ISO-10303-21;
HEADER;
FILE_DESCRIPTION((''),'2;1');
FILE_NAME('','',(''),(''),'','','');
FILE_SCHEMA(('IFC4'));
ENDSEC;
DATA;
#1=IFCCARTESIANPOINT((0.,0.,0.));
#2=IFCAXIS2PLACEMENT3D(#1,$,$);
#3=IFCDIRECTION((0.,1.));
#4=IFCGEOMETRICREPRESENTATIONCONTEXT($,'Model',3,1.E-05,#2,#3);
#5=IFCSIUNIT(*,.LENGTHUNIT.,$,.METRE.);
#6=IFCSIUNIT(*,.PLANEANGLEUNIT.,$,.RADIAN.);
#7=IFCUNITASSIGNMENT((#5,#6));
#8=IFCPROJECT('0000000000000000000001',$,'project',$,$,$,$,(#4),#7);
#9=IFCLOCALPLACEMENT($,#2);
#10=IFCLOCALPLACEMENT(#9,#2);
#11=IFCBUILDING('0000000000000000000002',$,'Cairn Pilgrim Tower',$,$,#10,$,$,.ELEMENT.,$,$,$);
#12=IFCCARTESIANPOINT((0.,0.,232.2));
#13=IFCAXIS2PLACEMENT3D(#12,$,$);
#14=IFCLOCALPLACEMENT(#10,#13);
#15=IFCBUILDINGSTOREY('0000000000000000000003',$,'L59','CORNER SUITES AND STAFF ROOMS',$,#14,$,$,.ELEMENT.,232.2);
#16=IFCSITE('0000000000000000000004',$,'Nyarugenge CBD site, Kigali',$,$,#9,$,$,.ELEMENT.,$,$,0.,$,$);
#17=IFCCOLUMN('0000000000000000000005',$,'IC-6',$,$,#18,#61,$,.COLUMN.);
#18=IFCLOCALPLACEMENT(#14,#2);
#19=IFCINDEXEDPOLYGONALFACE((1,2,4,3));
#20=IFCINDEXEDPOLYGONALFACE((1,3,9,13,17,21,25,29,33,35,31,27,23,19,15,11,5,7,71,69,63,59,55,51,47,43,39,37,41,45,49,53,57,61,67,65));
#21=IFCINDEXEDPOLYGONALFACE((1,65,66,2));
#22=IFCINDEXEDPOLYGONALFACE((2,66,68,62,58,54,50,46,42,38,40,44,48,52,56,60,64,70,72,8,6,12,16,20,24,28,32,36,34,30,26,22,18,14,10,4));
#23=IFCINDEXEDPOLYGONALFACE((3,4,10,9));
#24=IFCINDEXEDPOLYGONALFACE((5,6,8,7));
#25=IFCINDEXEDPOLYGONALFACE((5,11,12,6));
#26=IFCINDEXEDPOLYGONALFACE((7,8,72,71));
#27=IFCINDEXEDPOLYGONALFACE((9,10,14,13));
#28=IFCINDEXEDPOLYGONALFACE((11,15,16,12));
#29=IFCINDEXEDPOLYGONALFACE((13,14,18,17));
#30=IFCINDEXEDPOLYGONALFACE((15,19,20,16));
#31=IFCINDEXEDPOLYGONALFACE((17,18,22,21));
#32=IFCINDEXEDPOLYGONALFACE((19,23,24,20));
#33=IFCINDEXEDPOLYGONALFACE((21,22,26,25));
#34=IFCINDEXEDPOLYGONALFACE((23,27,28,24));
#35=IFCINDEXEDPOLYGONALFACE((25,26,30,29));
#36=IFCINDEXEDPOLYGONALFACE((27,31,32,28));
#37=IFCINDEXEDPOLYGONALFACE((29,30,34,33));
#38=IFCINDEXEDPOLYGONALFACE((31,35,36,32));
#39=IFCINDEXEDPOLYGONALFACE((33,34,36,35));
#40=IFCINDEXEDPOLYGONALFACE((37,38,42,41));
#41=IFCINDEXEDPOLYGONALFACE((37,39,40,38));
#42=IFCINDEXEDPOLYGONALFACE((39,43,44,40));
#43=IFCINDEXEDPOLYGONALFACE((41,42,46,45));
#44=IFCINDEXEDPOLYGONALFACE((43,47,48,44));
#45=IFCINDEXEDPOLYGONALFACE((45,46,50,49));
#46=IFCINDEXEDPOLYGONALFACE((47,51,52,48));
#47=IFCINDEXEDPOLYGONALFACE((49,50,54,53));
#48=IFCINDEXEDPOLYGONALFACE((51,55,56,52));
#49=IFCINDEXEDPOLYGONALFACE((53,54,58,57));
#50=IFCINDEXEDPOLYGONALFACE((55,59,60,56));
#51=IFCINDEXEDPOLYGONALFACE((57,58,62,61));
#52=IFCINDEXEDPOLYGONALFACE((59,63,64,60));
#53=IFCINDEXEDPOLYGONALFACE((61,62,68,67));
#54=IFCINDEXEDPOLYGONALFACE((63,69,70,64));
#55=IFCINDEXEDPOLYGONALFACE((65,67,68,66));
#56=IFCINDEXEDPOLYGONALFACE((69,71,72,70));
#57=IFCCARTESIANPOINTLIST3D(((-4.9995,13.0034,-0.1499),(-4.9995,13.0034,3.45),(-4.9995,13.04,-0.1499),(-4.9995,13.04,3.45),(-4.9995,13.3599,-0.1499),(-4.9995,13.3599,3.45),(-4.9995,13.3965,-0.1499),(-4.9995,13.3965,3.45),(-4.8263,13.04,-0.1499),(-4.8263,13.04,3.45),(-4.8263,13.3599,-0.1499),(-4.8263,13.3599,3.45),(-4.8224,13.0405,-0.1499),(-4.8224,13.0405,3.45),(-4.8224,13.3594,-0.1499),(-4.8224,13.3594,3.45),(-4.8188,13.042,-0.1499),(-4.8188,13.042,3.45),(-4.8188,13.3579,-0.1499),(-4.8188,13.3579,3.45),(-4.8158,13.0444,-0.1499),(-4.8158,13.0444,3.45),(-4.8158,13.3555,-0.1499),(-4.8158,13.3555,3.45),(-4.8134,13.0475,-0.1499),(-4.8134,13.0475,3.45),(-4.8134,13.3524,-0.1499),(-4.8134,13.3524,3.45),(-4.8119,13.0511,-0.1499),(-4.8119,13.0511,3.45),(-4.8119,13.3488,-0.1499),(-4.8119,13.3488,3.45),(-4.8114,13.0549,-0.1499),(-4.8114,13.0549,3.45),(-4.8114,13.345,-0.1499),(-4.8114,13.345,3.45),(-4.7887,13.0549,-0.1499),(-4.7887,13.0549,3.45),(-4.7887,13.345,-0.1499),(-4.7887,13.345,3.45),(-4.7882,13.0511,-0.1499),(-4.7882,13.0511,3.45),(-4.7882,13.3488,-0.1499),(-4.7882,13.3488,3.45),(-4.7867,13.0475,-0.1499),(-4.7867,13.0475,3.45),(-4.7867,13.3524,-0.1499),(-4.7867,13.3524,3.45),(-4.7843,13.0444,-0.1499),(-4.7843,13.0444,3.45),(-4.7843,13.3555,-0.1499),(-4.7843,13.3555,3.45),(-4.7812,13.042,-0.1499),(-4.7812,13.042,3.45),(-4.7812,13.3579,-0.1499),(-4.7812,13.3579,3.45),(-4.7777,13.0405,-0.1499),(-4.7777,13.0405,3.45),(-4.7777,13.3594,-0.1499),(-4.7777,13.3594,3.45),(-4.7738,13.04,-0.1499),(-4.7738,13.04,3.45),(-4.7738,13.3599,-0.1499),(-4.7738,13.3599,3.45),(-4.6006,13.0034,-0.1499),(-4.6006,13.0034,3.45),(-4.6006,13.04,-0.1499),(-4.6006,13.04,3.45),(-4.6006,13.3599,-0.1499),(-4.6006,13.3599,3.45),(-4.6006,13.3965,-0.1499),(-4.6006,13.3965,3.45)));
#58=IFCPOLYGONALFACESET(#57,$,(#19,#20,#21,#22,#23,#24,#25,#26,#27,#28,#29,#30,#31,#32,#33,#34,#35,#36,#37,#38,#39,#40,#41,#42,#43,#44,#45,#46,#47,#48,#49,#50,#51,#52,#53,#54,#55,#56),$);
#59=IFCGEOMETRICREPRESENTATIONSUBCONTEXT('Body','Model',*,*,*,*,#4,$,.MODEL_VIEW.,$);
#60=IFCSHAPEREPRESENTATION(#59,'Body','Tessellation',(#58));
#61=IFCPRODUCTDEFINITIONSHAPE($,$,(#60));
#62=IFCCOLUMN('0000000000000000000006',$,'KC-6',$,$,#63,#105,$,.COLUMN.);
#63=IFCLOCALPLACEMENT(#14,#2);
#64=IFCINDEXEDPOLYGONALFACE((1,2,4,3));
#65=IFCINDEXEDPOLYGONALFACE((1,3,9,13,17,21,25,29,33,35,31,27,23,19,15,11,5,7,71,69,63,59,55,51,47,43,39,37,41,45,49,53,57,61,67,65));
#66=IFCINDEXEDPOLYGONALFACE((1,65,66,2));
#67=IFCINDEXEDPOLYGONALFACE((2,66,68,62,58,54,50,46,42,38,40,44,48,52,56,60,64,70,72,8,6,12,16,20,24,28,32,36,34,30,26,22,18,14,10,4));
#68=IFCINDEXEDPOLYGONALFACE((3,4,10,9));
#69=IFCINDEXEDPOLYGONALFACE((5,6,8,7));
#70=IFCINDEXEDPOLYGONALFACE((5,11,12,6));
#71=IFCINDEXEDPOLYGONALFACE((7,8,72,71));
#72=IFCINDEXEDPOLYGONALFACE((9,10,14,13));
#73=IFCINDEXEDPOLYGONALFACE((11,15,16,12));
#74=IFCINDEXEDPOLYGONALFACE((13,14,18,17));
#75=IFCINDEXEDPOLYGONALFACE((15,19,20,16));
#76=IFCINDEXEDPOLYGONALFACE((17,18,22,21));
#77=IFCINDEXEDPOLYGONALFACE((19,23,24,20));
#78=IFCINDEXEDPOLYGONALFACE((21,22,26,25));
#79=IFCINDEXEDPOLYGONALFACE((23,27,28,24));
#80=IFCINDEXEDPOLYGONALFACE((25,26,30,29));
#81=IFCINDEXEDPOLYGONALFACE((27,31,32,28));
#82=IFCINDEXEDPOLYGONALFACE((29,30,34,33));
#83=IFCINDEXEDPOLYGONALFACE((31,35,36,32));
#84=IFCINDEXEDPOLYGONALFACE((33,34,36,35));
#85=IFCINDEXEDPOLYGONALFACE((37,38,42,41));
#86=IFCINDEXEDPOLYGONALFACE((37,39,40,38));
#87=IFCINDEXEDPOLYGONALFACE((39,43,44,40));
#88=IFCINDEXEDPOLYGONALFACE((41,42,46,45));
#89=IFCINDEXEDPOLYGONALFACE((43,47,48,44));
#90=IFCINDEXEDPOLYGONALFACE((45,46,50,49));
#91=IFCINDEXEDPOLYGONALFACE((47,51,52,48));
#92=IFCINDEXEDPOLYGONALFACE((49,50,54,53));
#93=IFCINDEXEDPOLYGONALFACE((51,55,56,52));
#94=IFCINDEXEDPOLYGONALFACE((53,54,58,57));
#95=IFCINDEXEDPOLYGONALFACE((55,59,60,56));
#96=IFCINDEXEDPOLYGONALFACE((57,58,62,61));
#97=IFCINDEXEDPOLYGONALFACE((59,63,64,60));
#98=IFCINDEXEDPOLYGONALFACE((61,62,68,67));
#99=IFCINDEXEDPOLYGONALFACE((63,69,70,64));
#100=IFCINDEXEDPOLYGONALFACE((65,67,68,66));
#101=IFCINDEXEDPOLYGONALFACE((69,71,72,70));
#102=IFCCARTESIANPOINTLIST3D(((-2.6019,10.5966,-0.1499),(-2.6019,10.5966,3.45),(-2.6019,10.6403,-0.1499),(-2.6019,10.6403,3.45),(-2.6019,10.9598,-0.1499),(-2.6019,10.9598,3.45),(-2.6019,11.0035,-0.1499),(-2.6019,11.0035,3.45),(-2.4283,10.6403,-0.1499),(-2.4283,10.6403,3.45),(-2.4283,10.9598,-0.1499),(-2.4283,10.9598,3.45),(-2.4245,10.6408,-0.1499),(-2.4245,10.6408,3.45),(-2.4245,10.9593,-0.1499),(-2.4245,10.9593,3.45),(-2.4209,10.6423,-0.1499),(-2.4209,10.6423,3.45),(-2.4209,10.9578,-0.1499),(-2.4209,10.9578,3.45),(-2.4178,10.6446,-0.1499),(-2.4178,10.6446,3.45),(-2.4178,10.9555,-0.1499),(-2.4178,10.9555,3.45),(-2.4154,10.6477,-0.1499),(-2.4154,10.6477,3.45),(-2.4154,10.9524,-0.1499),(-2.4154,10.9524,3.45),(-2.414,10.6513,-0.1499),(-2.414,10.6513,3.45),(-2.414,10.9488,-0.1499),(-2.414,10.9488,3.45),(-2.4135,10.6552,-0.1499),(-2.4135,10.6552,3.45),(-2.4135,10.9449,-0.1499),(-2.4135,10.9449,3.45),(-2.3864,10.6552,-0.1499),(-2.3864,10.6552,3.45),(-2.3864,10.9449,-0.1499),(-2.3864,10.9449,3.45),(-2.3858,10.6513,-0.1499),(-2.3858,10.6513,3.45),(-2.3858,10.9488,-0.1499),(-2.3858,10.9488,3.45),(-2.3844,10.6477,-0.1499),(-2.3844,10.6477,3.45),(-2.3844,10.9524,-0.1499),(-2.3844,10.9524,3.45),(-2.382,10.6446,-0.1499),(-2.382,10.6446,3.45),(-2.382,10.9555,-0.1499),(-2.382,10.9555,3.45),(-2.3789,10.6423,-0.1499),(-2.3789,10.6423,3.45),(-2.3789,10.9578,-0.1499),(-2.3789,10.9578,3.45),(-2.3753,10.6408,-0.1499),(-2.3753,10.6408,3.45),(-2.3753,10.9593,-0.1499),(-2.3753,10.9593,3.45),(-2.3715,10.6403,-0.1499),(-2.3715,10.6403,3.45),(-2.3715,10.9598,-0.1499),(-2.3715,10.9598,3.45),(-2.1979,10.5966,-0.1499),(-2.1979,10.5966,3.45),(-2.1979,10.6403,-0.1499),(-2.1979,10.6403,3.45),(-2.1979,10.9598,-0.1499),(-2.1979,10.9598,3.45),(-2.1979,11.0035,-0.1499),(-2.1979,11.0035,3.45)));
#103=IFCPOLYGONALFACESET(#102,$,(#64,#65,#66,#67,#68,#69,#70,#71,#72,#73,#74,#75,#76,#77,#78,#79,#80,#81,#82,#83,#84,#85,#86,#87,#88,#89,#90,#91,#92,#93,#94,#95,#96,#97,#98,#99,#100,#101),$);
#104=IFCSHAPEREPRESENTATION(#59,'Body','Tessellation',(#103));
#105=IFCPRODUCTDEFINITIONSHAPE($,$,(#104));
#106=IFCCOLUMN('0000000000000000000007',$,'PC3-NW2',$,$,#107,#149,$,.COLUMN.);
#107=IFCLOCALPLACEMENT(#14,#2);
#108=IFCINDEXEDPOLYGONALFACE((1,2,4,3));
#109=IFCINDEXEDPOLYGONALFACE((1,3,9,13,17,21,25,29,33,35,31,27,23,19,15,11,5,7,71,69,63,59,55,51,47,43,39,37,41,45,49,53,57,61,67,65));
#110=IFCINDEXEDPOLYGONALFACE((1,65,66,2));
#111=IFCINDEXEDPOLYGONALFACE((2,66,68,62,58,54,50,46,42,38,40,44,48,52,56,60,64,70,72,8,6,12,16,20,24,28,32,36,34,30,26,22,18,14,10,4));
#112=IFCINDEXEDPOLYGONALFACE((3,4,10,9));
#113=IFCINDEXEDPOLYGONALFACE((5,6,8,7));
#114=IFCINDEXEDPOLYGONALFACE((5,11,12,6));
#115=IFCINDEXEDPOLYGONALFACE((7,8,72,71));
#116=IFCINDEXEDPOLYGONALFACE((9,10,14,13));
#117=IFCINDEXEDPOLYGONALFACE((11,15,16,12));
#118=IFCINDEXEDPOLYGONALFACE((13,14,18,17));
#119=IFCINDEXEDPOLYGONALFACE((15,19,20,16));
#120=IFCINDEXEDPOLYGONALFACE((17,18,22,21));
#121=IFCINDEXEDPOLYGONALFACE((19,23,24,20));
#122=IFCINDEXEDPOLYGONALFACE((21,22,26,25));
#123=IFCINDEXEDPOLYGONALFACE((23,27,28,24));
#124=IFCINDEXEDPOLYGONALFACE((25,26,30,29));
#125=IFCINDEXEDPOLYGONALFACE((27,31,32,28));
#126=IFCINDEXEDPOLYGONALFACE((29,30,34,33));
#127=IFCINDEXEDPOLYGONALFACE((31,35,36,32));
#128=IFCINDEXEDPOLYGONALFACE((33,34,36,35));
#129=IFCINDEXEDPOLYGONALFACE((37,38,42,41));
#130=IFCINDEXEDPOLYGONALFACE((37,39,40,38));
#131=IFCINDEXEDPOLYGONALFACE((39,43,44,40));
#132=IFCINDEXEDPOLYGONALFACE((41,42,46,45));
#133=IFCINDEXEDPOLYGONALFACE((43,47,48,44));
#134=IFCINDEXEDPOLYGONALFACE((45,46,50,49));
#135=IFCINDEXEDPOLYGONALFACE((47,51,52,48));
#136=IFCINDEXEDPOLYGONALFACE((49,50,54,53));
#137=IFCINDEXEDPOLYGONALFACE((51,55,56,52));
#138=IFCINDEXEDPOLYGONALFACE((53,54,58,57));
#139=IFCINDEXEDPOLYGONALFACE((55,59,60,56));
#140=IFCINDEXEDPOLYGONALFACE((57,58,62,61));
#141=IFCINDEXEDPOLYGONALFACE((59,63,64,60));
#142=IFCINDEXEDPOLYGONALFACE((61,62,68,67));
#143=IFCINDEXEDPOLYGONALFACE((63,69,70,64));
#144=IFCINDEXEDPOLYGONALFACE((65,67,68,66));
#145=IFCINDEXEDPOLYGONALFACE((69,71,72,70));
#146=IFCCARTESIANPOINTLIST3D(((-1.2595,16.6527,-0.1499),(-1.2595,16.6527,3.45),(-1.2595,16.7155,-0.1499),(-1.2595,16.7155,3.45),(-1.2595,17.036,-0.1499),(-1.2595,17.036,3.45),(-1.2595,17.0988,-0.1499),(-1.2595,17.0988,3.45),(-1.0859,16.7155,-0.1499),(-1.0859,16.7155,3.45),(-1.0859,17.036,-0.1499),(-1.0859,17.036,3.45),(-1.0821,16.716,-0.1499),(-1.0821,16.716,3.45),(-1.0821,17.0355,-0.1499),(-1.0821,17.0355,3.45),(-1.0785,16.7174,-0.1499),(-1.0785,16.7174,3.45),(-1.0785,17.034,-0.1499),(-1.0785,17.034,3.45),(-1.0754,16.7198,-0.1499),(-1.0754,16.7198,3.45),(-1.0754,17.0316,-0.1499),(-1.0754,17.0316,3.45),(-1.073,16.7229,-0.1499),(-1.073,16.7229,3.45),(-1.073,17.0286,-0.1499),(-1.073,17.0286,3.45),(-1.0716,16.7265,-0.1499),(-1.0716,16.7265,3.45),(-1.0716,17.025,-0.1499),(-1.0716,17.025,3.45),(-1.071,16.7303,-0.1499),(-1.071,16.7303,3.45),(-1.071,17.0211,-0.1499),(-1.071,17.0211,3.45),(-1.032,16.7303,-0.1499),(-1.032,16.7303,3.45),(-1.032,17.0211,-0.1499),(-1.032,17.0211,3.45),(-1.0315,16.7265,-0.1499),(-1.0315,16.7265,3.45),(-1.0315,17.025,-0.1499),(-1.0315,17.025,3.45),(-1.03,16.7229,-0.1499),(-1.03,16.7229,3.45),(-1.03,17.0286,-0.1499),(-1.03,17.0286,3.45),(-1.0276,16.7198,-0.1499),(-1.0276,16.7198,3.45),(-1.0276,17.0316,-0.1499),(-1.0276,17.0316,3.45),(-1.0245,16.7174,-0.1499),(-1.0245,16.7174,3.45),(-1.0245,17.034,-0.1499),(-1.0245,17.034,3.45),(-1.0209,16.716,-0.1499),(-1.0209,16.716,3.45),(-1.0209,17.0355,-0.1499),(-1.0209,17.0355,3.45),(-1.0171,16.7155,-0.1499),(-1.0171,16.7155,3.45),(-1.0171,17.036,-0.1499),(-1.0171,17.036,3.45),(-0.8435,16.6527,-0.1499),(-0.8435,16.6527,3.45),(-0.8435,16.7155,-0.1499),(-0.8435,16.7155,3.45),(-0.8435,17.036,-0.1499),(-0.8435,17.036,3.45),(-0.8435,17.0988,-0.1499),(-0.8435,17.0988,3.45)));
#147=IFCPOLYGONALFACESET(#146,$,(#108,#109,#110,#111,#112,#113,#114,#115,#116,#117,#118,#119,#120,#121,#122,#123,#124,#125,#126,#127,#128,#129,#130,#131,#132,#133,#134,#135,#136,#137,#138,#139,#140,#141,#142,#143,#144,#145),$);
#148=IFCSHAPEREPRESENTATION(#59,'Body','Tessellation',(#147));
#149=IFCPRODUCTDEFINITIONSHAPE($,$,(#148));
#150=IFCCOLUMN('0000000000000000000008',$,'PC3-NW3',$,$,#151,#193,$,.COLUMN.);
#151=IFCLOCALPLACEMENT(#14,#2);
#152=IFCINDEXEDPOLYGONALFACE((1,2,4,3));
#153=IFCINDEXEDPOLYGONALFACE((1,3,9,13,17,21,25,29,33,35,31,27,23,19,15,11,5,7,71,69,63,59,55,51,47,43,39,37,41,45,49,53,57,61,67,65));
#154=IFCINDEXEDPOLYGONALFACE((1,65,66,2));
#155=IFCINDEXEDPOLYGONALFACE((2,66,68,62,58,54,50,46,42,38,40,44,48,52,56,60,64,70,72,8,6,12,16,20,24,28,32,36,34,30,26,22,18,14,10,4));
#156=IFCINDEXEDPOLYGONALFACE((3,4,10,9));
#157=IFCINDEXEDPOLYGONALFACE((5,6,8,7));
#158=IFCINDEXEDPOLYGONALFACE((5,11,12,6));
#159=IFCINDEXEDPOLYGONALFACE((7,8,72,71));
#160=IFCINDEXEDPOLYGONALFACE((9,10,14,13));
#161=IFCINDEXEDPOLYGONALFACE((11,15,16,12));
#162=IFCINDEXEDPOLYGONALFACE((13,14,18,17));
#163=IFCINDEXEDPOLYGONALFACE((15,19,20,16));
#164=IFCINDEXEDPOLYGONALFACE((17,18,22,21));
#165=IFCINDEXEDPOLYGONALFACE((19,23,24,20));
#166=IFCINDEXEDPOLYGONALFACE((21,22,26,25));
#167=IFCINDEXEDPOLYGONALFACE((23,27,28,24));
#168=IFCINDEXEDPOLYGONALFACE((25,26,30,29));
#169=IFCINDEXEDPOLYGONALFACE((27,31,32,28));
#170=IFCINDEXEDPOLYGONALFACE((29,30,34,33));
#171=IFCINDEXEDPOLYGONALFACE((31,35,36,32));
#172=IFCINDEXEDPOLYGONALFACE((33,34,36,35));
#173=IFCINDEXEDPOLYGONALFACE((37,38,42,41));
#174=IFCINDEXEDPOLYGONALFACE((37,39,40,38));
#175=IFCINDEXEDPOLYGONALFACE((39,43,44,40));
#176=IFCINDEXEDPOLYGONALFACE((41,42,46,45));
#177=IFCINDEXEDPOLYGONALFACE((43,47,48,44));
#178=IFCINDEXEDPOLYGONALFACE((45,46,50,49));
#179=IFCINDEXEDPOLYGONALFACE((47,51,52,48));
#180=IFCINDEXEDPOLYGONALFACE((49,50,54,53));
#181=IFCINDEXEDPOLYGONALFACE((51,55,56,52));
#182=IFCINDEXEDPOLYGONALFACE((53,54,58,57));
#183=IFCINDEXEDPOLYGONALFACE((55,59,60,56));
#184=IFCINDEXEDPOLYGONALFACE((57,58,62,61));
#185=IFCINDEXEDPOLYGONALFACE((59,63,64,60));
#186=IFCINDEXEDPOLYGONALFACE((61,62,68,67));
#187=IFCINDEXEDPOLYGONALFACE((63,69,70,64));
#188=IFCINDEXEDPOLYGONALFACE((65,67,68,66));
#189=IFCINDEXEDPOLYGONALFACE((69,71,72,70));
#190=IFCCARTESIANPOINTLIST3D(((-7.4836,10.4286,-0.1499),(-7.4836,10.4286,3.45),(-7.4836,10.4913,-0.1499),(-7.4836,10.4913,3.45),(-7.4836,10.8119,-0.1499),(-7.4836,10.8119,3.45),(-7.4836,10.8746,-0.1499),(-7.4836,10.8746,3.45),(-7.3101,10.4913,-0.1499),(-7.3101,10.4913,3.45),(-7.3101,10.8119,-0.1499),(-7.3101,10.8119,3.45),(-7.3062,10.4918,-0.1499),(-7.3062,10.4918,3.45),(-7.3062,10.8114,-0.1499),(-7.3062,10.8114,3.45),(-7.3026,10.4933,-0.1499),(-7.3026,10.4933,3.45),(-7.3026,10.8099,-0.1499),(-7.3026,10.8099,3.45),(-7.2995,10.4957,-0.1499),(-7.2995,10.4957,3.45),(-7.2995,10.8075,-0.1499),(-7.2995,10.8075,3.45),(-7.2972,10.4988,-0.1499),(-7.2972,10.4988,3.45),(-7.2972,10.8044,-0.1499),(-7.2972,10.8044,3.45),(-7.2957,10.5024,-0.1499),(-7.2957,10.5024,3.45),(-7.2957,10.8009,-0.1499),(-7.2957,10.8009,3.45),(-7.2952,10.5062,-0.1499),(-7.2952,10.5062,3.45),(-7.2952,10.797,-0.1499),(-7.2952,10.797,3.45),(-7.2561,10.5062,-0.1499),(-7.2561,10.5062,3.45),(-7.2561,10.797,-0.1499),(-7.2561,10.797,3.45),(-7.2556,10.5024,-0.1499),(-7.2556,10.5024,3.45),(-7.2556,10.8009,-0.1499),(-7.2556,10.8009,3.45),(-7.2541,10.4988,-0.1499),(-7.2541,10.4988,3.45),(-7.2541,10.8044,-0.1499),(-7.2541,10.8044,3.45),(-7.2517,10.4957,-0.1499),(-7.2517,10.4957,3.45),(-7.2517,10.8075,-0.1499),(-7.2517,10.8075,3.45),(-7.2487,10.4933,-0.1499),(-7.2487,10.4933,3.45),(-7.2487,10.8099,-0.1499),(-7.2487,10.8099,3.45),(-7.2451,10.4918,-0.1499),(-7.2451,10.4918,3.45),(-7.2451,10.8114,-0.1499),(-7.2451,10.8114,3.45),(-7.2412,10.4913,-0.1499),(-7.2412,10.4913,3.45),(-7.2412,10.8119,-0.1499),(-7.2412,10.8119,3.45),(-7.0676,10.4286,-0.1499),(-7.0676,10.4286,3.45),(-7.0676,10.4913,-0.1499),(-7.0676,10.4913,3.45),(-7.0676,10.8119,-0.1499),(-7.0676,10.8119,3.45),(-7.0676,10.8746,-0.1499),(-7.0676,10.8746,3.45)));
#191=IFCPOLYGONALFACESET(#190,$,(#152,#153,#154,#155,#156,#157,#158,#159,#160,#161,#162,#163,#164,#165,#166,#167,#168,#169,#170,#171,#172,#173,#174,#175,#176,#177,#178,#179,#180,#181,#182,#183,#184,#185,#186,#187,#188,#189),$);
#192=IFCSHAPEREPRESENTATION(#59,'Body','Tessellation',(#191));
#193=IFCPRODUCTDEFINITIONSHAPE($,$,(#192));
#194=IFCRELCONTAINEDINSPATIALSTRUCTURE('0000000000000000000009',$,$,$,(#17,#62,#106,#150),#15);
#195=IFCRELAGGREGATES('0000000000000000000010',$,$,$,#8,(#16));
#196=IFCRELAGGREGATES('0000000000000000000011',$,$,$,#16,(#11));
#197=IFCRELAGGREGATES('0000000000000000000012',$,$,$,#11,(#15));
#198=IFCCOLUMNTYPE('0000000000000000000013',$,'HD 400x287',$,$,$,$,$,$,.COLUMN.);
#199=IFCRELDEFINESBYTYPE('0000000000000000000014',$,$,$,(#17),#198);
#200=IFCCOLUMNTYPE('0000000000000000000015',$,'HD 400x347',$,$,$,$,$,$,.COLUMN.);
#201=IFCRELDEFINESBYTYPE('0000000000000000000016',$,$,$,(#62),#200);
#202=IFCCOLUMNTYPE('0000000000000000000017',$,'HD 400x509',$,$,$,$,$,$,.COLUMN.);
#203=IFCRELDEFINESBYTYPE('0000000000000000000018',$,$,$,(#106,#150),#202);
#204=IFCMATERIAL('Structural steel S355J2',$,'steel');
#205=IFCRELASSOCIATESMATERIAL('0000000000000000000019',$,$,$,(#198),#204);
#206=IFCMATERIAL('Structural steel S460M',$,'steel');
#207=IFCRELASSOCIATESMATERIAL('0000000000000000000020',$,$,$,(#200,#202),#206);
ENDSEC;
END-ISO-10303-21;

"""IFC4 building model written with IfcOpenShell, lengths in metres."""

from ifc_helpers import new_model, si_unit, direction, frame, origin, origin_2d, place, context, subcontext, project, spatial, i_section, extrude, material, material_profile, profile_set, type_object, element, save


model = new_model("IFC4")

# Units and contexts
model_context = context("Model", 3, precision=1e-05, world=origin(), true_north=direction((0.0, 1.0)))
body_context = subcontext(model_context, "Body", "Model", "MODEL_VIEW")
ifc_project = project(units=[si_unit("LENGTHUNIT", "METRE"), si_unit("PLANEANGLEUNIT", "RADIAN")], contexts=[model_context])

# Site, building, storey
site_placement = place(None, origin())
site = spatial("IfcSite", under=ifc_project, at=site_placement, Name="Nyarugenge CBD site, Kigali", CompositionType="ELEMENT", RefElevation=0.0)
building_placement = place(site_placement, origin())
building = spatial("IfcBuilding", under=site, at=building_placement, Name="Cairn Pilgrim Tower", CompositionType="ELEMENT")
storey_placement = place(building_placement, frame((0.0, 0.0, 232.2)))
storey = spatial("IfcBuildingStorey", under=building, at=storey_placement, Name="L59", Description="CORNER SUITES AND STAFF ROOMS", CompositionType="ELEMENT", Elevation=232.2)

# Columns
ifc_material_1 = material(Name="Structural steel S355J2", Category="steel")
ifc_material_profile_1 = material_profile(ifc_material_1, i_section(OverallWidth=0.3989, OverallDepth=0.3931, WebThickness=0.0227, FlangeThickness=0.0366, FilletRadius=0.0149, at=origin_2d()), Name="HD 400x287")
ifc_profile_set_1 = profile_set([ifc_material_profile_1], Name="Structural steel S355J2")
column_type_1 = type_object("IfcColumnType", Name="HD 400x287", PredefinedType="COLUMN", material=ifc_profile_set_1)
column_1_placement = place(storey_placement, frame((-4.8, 13.2, -0.1499), z_axis=(0.0, 0.0, 1.0), x_axis=(1.0, 0.0, 0.0)))
element("IfcColumn", 1, at=column_1_placement, inside=storey, type_object=column_type_1, Name="IC-6", PredefinedType="COLUMN", context=body_context, shape_type="SweptSolid", body=[
    extrude(i_section(OverallWidth=0.3989, OverallDepth=0.3931, WebThickness=0.0227, FlangeThickness=0.0366, FilletRadius=0.0149, at=origin_2d()), origin(), (0.0, 0.0, 1.0), 3.5999),
])
ifc_material_2 = material(Name="Structural steel S460M", Category="steel")
ifc_material_profile_2 = material_profile(ifc_material_2, i_section(OverallWidth=0.4041, OverallDepth=0.407, WebThickness=0.0271, FlangeThickness=0.0437, FilletRadius=0.0149, at=origin_2d()), Name="HD 400x347")
ifc_profile_set_2 = profile_set([ifc_material_profile_2], Name="Structural steel S460M")
column_type_2 = type_object("IfcColumnType", Name="HD 400x347", PredefinedType="COLUMN", material=ifc_profile_set_2)
column_2_placement = place(storey_placement, frame((-2.3999, 10.8, -0.1499), z_axis=(0.0, 0.0, 1.0), x_axis=(1.0, 0.0, 0.0)))
element("IfcColumn", 2, at=column_2_placement, inside=storey, type_object=column_type_2, Name="KC-6", PredefinedType="COLUMN", context=body_context, shape_type="SweptSolid", body=[
    extrude(i_section(OverallWidth=0.4041, OverallDepth=0.407, WebThickness=0.0271, FlangeThickness=0.0437, FilletRadius=0.0149, at=origin_2d()), origin(), (0.0, 0.0, 1.0), 3.5999),
])
ifc_material_profile_3 = material_profile(ifc_material_2, i_section(OverallWidth=0.416, OverallDepth=0.446, WebThickness=0.0391, FlangeThickness=0.0627, FilletRadius=0.0149, at=origin_2d()), Name="HD 400x509")
ifc_profile_set_3 = profile_set([ifc_material_profile_3], Name="Structural steel S460M")
column_type_3 = type_object("IfcColumnType", Name="HD 400x509", PredefinedType="COLUMN", material=ifc_profile_set_3)
for number, where, z_axis, x_axis, name in (
    (3, (-1.0515, 16.8757, -0.1499), (0.0, 0.0, 1.0), (1.0, 0.0, 0.0), "PC3-NW2"),
    (4, (-7.2756, 10.6516, -0.1499), (0.0, 0.0, 1.0), (1.0, 0.0, 0.0), "PC3-NW3"),
):
    element("IfcColumn", number, at=place(storey_placement, frame(where, z_axis=z_axis, x_axis=x_axis)), inside=storey, type_object=column_type_3, Name=name, PredefinedType="COLUMN", context=body_context, shape_type="SweptSolid", body=[
        extrude(i_section(OverallWidth=0.416, OverallDepth=0.446, WebThickness=0.0391, FlangeThickness=0.0627, FilletRadius=0.0149, at=origin_2d()), origin(), (0.0, 0.0, 1.0), 3.5999),
    ])

save(model, "model.ifc")
